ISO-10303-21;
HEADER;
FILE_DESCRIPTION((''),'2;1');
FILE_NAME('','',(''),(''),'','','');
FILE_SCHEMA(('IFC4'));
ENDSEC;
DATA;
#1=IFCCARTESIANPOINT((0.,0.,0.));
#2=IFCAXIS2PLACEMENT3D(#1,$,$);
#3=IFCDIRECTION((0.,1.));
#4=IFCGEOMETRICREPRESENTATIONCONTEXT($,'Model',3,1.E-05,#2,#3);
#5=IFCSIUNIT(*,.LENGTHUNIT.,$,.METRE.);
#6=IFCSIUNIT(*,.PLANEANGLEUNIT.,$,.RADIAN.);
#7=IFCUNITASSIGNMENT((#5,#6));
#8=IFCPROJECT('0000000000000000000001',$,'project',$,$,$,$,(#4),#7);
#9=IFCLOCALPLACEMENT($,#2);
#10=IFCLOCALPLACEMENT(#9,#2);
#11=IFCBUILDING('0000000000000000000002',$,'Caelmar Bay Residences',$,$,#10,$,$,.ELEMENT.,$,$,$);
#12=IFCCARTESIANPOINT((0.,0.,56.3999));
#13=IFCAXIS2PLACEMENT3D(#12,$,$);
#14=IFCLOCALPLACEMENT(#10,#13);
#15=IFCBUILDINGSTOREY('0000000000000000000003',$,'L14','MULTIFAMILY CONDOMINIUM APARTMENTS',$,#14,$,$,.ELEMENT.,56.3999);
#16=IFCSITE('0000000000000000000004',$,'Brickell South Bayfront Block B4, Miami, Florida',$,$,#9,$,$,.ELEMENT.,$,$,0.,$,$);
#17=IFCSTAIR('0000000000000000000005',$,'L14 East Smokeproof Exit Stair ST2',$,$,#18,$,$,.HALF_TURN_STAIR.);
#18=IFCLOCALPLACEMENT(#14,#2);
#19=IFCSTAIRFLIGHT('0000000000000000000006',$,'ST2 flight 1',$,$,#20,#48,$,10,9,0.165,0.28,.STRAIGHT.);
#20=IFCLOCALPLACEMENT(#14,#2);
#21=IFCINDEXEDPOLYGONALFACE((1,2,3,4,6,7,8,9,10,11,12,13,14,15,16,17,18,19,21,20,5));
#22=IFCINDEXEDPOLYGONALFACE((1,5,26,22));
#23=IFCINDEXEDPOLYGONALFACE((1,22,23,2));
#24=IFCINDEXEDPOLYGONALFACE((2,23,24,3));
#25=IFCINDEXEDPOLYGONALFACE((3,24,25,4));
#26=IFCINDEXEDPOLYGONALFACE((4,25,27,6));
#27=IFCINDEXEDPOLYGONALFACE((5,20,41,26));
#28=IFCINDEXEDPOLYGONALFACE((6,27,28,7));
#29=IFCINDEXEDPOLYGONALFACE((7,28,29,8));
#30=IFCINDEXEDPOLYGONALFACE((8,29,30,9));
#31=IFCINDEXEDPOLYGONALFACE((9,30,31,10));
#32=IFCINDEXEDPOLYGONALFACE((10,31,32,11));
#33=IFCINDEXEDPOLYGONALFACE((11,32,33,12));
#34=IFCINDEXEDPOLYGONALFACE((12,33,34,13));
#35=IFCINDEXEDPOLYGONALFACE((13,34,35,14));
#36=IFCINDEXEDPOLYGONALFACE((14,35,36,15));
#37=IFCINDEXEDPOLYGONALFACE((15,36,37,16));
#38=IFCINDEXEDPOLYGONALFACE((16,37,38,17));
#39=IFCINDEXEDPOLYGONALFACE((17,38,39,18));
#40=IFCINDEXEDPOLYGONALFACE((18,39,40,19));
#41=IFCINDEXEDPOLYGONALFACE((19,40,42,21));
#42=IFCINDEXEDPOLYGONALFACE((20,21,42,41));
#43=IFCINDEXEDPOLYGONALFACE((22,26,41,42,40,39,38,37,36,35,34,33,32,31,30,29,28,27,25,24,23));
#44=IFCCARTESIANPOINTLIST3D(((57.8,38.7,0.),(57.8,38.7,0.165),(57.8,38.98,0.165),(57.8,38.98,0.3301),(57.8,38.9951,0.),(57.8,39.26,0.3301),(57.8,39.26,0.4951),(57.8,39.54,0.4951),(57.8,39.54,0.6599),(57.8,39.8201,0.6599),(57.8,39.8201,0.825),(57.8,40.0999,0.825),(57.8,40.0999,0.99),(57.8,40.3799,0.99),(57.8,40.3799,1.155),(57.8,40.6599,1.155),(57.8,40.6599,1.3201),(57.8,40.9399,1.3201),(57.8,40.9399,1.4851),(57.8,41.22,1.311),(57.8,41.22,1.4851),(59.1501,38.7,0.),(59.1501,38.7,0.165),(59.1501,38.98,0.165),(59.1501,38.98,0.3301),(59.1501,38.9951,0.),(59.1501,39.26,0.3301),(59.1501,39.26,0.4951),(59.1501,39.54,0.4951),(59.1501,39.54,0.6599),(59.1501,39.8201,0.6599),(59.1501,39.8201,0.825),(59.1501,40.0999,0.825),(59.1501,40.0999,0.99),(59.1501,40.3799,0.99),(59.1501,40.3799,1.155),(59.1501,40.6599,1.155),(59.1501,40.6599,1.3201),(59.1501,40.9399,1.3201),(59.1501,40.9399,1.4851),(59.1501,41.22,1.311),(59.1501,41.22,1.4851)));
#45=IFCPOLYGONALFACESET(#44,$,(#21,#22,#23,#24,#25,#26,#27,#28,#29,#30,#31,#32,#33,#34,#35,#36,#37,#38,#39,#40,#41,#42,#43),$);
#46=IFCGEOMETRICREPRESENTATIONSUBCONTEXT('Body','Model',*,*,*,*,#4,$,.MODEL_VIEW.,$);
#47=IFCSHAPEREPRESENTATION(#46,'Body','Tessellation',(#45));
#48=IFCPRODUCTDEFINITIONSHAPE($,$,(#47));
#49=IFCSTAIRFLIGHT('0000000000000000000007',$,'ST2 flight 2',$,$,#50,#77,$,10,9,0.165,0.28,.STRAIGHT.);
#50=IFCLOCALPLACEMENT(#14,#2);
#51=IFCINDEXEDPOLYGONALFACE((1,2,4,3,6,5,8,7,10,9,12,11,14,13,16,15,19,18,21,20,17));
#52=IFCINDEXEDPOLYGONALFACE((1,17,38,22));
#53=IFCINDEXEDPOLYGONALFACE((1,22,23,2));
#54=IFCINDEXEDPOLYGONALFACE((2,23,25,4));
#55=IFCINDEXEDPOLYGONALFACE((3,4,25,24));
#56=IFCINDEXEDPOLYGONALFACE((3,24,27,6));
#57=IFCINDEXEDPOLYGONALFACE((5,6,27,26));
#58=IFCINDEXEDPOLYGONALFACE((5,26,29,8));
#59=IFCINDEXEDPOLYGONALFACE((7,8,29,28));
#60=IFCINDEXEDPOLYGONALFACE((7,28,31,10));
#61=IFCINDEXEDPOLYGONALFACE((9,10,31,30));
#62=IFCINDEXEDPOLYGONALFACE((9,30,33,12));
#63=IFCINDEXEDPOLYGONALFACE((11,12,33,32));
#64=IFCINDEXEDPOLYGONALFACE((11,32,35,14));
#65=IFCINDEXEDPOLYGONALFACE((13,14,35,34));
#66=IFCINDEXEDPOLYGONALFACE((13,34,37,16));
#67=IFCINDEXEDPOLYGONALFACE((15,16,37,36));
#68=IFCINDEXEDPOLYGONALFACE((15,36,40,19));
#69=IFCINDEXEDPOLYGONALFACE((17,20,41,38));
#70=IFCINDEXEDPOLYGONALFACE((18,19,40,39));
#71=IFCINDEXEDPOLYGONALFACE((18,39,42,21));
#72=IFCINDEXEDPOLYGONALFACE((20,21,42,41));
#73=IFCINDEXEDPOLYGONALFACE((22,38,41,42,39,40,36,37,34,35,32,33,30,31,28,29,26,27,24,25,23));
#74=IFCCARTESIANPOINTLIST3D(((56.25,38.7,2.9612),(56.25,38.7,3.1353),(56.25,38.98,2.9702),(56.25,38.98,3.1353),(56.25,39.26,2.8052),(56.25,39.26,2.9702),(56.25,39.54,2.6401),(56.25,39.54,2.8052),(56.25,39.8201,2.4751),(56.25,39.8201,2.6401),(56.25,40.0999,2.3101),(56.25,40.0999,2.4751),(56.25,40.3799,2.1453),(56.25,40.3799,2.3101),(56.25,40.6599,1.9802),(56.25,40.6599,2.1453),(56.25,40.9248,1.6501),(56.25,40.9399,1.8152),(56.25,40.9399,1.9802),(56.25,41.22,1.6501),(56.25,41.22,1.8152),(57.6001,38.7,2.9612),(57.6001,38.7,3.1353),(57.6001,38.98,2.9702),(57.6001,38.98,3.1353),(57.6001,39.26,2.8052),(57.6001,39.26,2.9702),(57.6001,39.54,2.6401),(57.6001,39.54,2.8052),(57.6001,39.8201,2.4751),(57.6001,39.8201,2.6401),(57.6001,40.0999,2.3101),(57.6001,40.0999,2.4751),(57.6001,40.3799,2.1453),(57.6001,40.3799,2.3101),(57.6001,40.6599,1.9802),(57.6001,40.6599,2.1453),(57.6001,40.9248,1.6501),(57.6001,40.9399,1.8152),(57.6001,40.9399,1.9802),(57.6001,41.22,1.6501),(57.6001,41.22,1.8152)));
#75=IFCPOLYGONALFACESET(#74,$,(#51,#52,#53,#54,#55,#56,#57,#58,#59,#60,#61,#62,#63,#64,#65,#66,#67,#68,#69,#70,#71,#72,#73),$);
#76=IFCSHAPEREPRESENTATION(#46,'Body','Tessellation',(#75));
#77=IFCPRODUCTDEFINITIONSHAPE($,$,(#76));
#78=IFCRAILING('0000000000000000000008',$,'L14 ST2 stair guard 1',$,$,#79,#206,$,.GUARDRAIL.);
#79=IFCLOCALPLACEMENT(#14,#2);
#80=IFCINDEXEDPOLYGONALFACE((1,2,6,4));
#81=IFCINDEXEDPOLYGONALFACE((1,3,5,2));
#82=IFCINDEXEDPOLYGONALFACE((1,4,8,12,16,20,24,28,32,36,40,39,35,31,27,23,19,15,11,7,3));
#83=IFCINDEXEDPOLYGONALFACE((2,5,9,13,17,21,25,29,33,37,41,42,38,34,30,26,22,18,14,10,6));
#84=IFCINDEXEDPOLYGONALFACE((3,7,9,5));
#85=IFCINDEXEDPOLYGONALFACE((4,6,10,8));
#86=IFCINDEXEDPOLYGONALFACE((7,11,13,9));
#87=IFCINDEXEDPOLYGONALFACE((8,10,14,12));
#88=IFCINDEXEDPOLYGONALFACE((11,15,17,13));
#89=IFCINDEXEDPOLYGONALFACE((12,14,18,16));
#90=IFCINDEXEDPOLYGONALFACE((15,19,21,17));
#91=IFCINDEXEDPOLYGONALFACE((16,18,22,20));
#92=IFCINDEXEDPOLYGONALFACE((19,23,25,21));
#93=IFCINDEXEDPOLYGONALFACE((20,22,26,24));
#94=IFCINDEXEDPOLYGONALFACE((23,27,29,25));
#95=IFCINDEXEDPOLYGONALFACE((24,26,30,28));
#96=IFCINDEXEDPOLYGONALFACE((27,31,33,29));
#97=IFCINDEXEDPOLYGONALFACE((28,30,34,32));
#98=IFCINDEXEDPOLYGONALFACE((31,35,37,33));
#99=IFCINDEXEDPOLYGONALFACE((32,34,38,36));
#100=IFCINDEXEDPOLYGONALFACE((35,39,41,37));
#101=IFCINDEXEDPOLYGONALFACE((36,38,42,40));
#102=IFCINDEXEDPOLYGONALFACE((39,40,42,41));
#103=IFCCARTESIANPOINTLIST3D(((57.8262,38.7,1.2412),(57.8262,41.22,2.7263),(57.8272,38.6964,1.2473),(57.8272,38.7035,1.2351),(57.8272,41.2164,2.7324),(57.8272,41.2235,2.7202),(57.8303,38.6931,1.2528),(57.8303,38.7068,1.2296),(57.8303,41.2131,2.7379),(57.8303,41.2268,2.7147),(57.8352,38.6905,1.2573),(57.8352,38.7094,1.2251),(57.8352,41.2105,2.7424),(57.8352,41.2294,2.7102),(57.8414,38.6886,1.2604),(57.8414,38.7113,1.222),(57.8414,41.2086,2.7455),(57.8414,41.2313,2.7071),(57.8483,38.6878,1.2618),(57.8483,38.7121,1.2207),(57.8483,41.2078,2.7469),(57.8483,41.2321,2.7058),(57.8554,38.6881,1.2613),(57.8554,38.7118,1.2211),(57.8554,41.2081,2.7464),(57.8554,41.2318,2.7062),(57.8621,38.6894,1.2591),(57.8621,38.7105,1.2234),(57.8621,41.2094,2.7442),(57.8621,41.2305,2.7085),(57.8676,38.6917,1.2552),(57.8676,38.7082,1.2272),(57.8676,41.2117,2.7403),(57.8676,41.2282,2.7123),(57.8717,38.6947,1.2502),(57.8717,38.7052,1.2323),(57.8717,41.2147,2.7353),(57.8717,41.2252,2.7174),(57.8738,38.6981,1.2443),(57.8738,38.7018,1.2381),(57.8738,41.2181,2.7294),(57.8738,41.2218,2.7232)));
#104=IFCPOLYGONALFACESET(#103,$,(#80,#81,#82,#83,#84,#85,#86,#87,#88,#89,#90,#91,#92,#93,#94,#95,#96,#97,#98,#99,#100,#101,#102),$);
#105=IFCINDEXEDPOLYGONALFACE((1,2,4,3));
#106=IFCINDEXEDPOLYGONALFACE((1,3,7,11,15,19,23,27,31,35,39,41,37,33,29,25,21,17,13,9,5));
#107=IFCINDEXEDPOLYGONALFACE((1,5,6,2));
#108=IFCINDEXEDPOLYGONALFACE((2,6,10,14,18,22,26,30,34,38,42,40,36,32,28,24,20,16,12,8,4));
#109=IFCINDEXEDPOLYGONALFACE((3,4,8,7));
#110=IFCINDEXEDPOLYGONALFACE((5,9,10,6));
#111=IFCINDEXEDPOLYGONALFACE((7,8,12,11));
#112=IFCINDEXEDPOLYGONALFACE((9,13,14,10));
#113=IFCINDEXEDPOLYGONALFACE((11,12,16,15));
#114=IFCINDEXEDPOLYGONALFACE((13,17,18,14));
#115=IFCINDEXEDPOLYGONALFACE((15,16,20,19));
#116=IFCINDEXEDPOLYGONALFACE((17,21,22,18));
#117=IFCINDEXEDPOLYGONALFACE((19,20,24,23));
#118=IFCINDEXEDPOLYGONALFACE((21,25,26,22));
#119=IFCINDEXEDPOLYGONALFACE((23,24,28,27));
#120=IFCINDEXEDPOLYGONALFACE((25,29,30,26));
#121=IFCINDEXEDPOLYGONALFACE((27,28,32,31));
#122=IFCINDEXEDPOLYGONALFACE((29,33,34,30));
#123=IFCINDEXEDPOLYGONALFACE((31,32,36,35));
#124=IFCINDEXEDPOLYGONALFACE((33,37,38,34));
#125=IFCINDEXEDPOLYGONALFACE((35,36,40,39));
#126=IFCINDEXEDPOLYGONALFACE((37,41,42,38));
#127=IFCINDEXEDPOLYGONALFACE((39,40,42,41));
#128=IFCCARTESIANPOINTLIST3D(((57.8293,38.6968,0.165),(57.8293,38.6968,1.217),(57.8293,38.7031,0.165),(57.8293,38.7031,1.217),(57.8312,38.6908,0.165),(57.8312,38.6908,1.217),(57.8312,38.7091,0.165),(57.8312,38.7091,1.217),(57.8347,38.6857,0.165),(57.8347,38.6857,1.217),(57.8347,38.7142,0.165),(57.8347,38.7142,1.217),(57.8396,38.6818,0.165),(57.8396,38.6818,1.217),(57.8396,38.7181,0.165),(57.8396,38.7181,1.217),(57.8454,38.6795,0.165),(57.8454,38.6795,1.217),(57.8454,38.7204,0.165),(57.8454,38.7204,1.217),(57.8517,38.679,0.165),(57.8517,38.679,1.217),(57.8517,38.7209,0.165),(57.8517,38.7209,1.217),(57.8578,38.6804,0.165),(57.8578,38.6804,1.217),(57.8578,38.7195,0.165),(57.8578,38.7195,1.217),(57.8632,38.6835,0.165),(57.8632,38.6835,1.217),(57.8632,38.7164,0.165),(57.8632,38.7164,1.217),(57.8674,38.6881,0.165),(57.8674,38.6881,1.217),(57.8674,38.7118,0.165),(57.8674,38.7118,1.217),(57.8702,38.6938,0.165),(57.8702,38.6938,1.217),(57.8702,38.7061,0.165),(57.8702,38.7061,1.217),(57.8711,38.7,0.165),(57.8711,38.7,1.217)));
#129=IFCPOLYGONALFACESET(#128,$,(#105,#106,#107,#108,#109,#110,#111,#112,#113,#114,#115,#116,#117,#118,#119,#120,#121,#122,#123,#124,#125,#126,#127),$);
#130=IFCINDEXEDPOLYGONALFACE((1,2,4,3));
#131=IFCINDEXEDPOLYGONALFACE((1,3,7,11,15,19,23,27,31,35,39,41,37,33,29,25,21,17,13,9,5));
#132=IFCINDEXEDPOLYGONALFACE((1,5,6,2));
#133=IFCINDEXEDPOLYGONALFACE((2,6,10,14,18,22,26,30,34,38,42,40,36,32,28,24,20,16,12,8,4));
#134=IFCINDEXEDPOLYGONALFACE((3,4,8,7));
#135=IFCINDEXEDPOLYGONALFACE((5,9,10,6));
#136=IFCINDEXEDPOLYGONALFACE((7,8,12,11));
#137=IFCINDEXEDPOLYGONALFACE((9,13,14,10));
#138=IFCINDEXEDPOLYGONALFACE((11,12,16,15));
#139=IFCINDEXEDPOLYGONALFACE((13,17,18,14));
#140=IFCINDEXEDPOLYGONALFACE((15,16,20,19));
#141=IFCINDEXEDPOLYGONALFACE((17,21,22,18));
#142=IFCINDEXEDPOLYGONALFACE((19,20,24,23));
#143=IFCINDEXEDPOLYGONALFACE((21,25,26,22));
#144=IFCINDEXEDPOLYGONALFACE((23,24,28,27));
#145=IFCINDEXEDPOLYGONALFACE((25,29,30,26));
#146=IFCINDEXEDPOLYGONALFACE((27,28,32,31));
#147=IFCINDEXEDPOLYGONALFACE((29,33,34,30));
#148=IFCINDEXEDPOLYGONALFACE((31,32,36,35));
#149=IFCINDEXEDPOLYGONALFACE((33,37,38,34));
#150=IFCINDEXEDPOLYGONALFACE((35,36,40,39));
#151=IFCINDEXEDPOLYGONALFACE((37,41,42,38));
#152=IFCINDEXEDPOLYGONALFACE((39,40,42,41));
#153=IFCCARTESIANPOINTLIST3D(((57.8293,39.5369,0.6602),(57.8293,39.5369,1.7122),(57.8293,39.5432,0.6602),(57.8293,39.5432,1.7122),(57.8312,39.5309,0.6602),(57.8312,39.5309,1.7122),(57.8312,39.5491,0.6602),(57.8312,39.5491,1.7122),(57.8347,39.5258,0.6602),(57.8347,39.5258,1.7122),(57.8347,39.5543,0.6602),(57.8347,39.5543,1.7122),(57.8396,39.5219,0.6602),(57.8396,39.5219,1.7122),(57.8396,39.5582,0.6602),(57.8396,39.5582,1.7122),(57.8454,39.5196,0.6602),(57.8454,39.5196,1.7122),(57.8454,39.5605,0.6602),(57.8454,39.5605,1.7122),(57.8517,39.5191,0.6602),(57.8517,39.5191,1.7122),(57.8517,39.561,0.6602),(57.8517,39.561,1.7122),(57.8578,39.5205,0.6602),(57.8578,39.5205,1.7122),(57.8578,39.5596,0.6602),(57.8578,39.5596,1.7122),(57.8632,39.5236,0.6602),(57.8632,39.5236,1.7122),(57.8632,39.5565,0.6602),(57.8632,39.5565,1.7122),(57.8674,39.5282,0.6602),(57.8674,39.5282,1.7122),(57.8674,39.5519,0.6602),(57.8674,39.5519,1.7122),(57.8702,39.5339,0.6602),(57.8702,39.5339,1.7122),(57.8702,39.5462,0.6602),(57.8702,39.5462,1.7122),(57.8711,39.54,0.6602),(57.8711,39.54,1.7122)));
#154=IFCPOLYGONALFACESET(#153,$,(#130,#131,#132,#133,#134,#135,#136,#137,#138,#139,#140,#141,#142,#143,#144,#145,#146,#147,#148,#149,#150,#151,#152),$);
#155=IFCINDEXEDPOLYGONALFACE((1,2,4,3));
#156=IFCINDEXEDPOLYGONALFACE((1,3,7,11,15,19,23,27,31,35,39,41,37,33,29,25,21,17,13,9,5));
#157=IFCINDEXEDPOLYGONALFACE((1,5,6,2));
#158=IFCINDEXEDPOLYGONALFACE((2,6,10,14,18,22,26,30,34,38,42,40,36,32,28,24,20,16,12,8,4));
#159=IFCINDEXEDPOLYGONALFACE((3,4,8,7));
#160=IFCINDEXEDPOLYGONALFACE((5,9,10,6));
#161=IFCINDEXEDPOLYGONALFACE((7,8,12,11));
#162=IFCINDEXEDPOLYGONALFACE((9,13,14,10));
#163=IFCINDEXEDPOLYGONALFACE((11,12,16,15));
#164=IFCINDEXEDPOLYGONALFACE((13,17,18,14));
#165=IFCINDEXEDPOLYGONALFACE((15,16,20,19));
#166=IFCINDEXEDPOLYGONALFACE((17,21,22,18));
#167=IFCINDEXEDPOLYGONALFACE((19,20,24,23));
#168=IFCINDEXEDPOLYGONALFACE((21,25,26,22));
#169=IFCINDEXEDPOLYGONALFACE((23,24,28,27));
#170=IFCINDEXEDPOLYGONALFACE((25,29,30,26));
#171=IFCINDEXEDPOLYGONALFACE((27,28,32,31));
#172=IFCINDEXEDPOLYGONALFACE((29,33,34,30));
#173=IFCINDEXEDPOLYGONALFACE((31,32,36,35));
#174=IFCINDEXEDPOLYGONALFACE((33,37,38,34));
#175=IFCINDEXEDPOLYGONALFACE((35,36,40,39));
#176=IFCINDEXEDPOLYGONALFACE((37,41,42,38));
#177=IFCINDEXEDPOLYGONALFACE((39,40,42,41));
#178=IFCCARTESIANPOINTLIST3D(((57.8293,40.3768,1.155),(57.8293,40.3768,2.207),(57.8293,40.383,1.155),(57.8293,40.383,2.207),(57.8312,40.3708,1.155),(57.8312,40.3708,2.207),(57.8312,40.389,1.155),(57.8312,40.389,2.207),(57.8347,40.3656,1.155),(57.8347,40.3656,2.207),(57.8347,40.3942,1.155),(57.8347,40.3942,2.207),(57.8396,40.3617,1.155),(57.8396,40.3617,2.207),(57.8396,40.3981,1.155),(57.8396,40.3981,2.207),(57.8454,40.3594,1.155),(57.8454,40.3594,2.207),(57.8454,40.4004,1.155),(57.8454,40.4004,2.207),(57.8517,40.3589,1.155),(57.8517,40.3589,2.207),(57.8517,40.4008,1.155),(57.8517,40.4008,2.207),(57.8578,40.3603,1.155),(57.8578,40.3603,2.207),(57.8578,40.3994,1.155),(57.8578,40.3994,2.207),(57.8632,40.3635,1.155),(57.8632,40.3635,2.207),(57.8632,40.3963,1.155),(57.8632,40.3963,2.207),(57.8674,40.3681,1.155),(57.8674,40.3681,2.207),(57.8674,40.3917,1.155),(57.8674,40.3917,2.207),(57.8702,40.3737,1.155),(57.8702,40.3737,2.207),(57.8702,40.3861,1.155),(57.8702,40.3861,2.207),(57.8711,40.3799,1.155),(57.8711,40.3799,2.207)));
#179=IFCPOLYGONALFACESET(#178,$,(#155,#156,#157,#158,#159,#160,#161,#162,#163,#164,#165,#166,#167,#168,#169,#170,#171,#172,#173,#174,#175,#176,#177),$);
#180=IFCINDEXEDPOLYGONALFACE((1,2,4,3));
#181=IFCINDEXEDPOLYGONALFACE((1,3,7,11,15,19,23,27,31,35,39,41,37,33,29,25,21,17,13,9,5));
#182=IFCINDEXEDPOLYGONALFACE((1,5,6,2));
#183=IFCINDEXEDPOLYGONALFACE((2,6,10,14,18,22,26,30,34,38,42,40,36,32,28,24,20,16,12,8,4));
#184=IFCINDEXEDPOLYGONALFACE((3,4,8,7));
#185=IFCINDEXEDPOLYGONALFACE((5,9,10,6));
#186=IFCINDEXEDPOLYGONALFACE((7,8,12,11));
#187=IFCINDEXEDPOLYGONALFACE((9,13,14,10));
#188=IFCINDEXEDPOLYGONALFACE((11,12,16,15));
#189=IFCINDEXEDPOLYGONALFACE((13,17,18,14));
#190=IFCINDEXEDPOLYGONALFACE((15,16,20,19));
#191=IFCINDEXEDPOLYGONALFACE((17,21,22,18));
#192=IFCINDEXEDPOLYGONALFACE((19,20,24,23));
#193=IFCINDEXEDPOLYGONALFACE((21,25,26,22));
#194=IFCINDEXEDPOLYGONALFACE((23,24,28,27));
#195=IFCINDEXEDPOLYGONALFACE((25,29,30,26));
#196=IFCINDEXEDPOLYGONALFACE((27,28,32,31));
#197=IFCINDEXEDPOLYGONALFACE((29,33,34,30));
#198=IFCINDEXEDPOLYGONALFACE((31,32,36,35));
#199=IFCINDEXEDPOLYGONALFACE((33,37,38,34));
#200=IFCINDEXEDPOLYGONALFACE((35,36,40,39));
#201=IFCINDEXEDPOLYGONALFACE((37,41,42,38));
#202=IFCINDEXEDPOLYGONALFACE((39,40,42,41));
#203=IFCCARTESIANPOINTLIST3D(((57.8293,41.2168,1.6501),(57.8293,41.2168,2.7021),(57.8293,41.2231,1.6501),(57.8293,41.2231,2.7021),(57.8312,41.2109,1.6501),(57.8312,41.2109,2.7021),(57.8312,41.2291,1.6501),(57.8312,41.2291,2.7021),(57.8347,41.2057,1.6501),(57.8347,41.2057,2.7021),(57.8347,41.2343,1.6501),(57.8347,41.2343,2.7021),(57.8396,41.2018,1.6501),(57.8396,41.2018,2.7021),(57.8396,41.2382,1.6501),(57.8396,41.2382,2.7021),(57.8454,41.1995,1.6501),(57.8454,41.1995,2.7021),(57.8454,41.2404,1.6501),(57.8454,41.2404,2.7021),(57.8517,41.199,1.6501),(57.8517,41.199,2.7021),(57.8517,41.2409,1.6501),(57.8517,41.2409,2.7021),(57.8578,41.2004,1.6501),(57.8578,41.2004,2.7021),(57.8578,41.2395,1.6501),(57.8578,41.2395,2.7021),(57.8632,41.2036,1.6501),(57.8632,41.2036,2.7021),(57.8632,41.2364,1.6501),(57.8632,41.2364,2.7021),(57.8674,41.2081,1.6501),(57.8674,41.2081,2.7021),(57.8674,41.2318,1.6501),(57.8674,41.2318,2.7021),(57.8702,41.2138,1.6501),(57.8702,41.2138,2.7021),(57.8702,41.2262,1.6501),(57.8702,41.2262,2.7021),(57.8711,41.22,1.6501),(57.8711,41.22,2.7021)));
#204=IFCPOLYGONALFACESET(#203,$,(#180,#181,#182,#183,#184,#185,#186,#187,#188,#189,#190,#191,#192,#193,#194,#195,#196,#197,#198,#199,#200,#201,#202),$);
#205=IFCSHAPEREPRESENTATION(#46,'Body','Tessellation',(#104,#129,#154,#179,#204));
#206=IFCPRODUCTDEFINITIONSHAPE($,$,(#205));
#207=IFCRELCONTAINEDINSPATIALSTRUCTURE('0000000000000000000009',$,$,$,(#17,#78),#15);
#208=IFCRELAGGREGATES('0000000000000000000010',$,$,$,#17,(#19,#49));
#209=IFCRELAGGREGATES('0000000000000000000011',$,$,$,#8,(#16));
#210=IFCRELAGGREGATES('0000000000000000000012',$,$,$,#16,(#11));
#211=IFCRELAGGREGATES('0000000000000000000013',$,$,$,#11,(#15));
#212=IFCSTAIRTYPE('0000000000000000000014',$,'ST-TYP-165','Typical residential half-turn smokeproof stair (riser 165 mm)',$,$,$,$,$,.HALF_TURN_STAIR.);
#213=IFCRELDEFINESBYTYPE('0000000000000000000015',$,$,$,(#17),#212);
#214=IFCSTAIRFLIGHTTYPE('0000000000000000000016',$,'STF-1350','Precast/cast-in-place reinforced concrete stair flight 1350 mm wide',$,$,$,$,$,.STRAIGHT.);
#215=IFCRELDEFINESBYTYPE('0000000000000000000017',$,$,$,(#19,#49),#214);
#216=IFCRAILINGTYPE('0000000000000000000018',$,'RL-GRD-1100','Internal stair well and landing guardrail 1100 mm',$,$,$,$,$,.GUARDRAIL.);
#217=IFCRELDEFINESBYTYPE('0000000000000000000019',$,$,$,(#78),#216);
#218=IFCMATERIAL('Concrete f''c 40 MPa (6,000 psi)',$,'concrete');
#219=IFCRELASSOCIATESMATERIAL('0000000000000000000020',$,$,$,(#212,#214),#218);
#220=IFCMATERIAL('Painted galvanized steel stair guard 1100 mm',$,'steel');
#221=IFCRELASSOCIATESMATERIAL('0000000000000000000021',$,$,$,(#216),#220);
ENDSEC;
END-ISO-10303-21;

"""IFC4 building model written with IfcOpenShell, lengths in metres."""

from ifc_helpers import new_model, si_unit, direction, frame, origin, origin_2d, place, context, subcontext, project, spatial, polyline, circle, outline, extrude, material, type_object, element, aggregate, save


model = new_model("IFC4")

# Units and contexts
model_context = context("Model", 3, precision=1e-05, world=origin(), true_north=direction((0.0, 1.0)))
body_context = subcontext(model_context, "Body", "Model", "MODEL_VIEW")
ifc_project = project(units=[si_unit("LENGTHUNIT", "METRE"), si_unit("PLANEANGLEUNIT", "RADIAN")], contexts=[model_context])

# Site, building, storey
site_placement = place(None, origin())
site = spatial("IfcSite", under=ifc_project, at=site_placement, Name="Brickell South Bayfront Block B4, Miami, Florida", CompositionType="ELEMENT", RefElevation=0.0)
building_placement = place(site_placement, origin())
building = spatial("IfcBuilding", under=site, at=building_placement, Name="Caelmar Bay Residences", CompositionType="ELEMENT")
storey_placement = place(building_placement, frame((0.0, 0.0, 56.3999)))
storey = spatial("IfcBuildingStorey", under=building, at=storey_placement, Name="L14", Description="MULTIFAMILY CONDOMINIUM APARTMENTS", CompositionType="ELEMENT", Elevation=56.3999)

# Stair, stair flights
ifc_material_1 = material(Name="Concrete f'c 40 MPa (6,000 psi)", Category="concrete")
stair_type = type_object("IfcStairType", Name="ST-TYP-165", Description="Typical residential half-turn smokeproof stair (riser 165 mm)", PredefinedType="HALF_TURN_STAIR", material=ifc_material_1)
stair_placement = place(storey_placement, origin())
stair = element("IfcStair", 1, at=stair_placement, inside=storey, type_object=stair_type, Name="L14 East Smokeproof Exit Stair ST2", PredefinedType="HALF_TURN_STAIR")
stair_flight_type = type_object("IfcStairFlightType", Name="STF-1350", Description="Precast/cast-in-place reinforced concrete stair flight 1350 mm wide", PredefinedType="STRAIGHT", material=ifc_material_1)
stair_flight_1_placement = place(storey_placement, frame((58.4751, 38.7, 0.0), z_axis=(0.0, 0.0, 1.0), x_axis=(0.0, 1.0, 0.0)))
stair_flight_1 = element("IfcStairFlight", 2, at=stair_flight_1_placement, type_object=stair_flight_type, Name="ST2 flight 1", NumberOfRisers=10, NumberOfTreads=9, PredefinedType="STRAIGHT", RiserHeight=0.165, TreadLength=0.28, context=body_context, shape_type="SweptSolid", body=[
    extrude(outline(polyline([(0.0, 0.0), (0.0, 0.165), (0.28, 0.165), (0.28, 0.3301), (0.5601, 0.3301), (0.5601, 0.4951), (0.8401, 0.4951), (0.8401, 0.6599), (1.1201, 0.6599), (1.1201, 0.825), (1.3999, 0.825), (1.3999, 0.99), (1.6799, 0.99), (1.6799, 1.155), (1.96, 1.155), (1.96, 1.3201), (2.24, 1.3201), (2.24, 1.4851), (2.52, 1.4851), (2.52, 1.6499), (2.52, 1.311), (0.2952, 0.0), (0.0, 0.0)])), frame((0.0, 0.675, 0.0), z_axis=(0.0, -1.0, 0.0), x_axis=(1.0, 0.0, 0.0)), (0.0, 0.0, 1.0), 1.3501),
])
stair_flight_2_placement = place(storey_placement, frame((56.925, 41.22, 1.6501), z_axis=(0.0, 0.0, 1.0), x_axis=(0.0, -1.0, 0.0)))
stair_flight_2 = element("IfcStairFlight", 3, at=stair_flight_2_placement, type_object=stair_flight_type, Name="ST2 flight 2", NumberOfRisers=10, NumberOfTreads=9, PredefinedType="STRAIGHT", RiserHeight=0.165, TreadLength=0.28, context=body_context, shape_type="SweptSolid", body=[
    extrude(outline(polyline([(0.0, 0.0), (0.0, 0.165), (0.28, 0.165), (0.28, 0.3301), (0.5601, 0.3301), (0.5601, 0.4951), (0.8401, 0.4951), (0.8401, 0.6599), (1.1201, 0.6599), (1.1201, 0.825), (1.3999, 0.825), (1.3999, 0.99), (1.6799, 0.99), (1.6799, 1.155), (1.96, 1.155), (1.96, 1.3201), (2.24, 1.3201), (2.24, 1.4851), (2.52, 1.4851), (2.52, 1.6499), (2.52, 1.311), (0.2952, 0.0), (0.0, 0.0)])), frame((0.0, 0.675, 0.0), z_axis=(0.0, -1.0, 0.0), x_axis=(1.0, 0.0, 0.0)), (0.0, 0.0, 1.0), 1.3501),
])
aggregate(stair, [stair_flight_1, stair_flight_2])

# Railing
ifc_material_2 = material(Name="Painted galvanized steel stair guard 1100 mm", Category="steel")
railing_type_1 = type_object("IfcRailingType", Name="RL-GRD-1100", Description="Internal stair well and landing guardrail 1100 mm", PredefinedType="GUARDRAIL", material=ifc_material_2)
railing_1_placement = place(storey_placement, frame((57.8501, 38.7, 0.165)))
element("IfcRailing", 4, at=railing_1_placement, inside=storey, type_object=railing_type_1, Name="L14 ST2 stair guard 1", PredefinedType="GUARDRAIL", context=body_context, shape_type="SweptSolid", body=[
    extrude(circle(Radius=0.0239, at=origin_2d()), frame((0.0, 0.0, 1.0762), z_axis=(0.0, 0.861524, 0.507717), x_axis=(-1.0, 0.0, 0.0)), (0.0, 0.0, 1.0), 2.925),
    extrude(circle(Radius=0.021, at=origin_2d()), origin(), (0.0, 0.0, 1.0), 1.052),
    extrude(circle(Radius=0.021, at=origin_2d()), frame((0.0, 0.8401, 0.4951)), (0.0, 0.0, 1.0), 1.052),
    extrude(circle(Radius=0.021, at=origin_2d()), frame((0.0, 1.6799, 0.99)), (0.0, 0.0, 1.0), 1.052),
    extrude(circle(Radius=0.021, at=origin_2d()), frame((0.0, 2.52, 1.4851)), (0.0, 0.0, 1.0), 1.052),
])

save(model, "model.ifc")
